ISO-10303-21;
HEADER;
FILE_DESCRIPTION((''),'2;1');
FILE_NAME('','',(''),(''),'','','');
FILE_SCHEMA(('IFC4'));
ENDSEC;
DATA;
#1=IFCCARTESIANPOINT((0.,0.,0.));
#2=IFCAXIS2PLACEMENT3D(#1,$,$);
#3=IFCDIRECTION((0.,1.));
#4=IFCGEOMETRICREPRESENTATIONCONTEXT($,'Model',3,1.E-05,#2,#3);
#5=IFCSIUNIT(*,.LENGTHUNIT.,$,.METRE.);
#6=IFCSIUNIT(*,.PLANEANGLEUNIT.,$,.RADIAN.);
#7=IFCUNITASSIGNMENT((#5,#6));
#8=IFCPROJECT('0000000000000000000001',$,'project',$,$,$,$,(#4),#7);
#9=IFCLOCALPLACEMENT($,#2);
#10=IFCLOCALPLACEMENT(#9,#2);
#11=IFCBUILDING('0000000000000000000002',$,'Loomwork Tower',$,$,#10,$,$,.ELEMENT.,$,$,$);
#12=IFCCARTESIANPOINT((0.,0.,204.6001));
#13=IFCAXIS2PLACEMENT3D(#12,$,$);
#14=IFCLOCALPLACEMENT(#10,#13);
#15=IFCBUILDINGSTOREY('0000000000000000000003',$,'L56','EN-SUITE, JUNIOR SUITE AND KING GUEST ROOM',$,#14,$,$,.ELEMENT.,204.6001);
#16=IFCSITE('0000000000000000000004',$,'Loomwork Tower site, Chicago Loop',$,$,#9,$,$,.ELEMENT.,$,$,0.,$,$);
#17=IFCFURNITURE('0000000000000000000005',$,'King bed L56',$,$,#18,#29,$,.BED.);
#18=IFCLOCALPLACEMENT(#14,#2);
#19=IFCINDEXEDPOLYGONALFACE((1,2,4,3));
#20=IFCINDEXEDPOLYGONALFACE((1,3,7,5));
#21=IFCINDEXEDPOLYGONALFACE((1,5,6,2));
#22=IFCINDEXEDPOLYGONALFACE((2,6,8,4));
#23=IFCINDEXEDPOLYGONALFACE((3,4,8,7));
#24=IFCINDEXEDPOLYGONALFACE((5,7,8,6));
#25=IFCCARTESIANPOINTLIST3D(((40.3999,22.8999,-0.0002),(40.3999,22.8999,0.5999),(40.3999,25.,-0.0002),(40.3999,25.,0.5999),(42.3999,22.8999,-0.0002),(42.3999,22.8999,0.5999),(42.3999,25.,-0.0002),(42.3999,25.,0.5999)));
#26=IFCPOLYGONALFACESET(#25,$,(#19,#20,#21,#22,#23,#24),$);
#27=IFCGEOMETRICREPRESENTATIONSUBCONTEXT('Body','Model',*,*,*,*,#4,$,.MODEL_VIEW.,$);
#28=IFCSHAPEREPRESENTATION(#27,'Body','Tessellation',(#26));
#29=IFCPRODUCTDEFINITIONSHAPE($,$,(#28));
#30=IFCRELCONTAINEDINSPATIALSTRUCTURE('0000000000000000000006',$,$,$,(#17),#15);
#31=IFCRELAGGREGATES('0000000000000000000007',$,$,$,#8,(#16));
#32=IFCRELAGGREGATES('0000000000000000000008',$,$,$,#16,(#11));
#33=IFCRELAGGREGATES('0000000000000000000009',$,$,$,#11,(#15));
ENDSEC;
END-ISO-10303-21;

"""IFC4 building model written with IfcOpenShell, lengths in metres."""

from ifc_helpers import new_model, si_unit, direction, frame, origin, origin_2d, place, context, subcontext, project, spatial, rectangle, extrude, element, save


model = new_model("IFC4")

# Units and contexts
model_context = context("Model", 3, precision=1e-05, world=origin(), true_north=direction((0.0, 1.0)))
body_context = subcontext(model_context, "Body", "Model", "MODEL_VIEW")
ifc_project = project(units=[si_unit("LENGTHUNIT", "METRE"), si_unit("PLANEANGLEUNIT", "RADIAN")], contexts=[model_context])

# Site, building, storey
site_placement = place(None, origin())
site = spatial("IfcSite", under=ifc_project, at=site_placement, Name="Loomwork Tower site, Chicago Loop", CompositionType="ELEMENT", RefElevation=0.0)
building_placement = place(site_placement, origin())
building = spatial("IfcBuilding", under=site, at=building_placement, Name="Loomwork Tower", CompositionType="ELEMENT")
storey_placement = place(building_placement, frame((0.0, 0.0, 204.6001)))
storey = spatial("IfcBuildingStorey", under=building, at=storey_placement, Name="L56", Description="EN-SUITE, JUNIOR SUITE AND KING GUEST ROOM", CompositionType="ELEMENT", Elevation=204.6001)

# Furniture
furniture_placement = place(storey_placement, frame((41.3999, 23.95, -0.0002), z_axis=(0.0, 0.0, 1.0), x_axis=(1.0, 0.0, 0.0)))
element("IfcFurniture", 1, at=furniture_placement, inside=storey, Name="King bed L56", PredefinedType="BED", context=body_context, shape_type="SweptSolid", body=[
    extrude(rectangle(XDim=2.0, YDim=2.1001, at=origin_2d()), origin(), (0.0, 0.0, 1.0), 0.6001),
])

save(model, "model.ifc")
